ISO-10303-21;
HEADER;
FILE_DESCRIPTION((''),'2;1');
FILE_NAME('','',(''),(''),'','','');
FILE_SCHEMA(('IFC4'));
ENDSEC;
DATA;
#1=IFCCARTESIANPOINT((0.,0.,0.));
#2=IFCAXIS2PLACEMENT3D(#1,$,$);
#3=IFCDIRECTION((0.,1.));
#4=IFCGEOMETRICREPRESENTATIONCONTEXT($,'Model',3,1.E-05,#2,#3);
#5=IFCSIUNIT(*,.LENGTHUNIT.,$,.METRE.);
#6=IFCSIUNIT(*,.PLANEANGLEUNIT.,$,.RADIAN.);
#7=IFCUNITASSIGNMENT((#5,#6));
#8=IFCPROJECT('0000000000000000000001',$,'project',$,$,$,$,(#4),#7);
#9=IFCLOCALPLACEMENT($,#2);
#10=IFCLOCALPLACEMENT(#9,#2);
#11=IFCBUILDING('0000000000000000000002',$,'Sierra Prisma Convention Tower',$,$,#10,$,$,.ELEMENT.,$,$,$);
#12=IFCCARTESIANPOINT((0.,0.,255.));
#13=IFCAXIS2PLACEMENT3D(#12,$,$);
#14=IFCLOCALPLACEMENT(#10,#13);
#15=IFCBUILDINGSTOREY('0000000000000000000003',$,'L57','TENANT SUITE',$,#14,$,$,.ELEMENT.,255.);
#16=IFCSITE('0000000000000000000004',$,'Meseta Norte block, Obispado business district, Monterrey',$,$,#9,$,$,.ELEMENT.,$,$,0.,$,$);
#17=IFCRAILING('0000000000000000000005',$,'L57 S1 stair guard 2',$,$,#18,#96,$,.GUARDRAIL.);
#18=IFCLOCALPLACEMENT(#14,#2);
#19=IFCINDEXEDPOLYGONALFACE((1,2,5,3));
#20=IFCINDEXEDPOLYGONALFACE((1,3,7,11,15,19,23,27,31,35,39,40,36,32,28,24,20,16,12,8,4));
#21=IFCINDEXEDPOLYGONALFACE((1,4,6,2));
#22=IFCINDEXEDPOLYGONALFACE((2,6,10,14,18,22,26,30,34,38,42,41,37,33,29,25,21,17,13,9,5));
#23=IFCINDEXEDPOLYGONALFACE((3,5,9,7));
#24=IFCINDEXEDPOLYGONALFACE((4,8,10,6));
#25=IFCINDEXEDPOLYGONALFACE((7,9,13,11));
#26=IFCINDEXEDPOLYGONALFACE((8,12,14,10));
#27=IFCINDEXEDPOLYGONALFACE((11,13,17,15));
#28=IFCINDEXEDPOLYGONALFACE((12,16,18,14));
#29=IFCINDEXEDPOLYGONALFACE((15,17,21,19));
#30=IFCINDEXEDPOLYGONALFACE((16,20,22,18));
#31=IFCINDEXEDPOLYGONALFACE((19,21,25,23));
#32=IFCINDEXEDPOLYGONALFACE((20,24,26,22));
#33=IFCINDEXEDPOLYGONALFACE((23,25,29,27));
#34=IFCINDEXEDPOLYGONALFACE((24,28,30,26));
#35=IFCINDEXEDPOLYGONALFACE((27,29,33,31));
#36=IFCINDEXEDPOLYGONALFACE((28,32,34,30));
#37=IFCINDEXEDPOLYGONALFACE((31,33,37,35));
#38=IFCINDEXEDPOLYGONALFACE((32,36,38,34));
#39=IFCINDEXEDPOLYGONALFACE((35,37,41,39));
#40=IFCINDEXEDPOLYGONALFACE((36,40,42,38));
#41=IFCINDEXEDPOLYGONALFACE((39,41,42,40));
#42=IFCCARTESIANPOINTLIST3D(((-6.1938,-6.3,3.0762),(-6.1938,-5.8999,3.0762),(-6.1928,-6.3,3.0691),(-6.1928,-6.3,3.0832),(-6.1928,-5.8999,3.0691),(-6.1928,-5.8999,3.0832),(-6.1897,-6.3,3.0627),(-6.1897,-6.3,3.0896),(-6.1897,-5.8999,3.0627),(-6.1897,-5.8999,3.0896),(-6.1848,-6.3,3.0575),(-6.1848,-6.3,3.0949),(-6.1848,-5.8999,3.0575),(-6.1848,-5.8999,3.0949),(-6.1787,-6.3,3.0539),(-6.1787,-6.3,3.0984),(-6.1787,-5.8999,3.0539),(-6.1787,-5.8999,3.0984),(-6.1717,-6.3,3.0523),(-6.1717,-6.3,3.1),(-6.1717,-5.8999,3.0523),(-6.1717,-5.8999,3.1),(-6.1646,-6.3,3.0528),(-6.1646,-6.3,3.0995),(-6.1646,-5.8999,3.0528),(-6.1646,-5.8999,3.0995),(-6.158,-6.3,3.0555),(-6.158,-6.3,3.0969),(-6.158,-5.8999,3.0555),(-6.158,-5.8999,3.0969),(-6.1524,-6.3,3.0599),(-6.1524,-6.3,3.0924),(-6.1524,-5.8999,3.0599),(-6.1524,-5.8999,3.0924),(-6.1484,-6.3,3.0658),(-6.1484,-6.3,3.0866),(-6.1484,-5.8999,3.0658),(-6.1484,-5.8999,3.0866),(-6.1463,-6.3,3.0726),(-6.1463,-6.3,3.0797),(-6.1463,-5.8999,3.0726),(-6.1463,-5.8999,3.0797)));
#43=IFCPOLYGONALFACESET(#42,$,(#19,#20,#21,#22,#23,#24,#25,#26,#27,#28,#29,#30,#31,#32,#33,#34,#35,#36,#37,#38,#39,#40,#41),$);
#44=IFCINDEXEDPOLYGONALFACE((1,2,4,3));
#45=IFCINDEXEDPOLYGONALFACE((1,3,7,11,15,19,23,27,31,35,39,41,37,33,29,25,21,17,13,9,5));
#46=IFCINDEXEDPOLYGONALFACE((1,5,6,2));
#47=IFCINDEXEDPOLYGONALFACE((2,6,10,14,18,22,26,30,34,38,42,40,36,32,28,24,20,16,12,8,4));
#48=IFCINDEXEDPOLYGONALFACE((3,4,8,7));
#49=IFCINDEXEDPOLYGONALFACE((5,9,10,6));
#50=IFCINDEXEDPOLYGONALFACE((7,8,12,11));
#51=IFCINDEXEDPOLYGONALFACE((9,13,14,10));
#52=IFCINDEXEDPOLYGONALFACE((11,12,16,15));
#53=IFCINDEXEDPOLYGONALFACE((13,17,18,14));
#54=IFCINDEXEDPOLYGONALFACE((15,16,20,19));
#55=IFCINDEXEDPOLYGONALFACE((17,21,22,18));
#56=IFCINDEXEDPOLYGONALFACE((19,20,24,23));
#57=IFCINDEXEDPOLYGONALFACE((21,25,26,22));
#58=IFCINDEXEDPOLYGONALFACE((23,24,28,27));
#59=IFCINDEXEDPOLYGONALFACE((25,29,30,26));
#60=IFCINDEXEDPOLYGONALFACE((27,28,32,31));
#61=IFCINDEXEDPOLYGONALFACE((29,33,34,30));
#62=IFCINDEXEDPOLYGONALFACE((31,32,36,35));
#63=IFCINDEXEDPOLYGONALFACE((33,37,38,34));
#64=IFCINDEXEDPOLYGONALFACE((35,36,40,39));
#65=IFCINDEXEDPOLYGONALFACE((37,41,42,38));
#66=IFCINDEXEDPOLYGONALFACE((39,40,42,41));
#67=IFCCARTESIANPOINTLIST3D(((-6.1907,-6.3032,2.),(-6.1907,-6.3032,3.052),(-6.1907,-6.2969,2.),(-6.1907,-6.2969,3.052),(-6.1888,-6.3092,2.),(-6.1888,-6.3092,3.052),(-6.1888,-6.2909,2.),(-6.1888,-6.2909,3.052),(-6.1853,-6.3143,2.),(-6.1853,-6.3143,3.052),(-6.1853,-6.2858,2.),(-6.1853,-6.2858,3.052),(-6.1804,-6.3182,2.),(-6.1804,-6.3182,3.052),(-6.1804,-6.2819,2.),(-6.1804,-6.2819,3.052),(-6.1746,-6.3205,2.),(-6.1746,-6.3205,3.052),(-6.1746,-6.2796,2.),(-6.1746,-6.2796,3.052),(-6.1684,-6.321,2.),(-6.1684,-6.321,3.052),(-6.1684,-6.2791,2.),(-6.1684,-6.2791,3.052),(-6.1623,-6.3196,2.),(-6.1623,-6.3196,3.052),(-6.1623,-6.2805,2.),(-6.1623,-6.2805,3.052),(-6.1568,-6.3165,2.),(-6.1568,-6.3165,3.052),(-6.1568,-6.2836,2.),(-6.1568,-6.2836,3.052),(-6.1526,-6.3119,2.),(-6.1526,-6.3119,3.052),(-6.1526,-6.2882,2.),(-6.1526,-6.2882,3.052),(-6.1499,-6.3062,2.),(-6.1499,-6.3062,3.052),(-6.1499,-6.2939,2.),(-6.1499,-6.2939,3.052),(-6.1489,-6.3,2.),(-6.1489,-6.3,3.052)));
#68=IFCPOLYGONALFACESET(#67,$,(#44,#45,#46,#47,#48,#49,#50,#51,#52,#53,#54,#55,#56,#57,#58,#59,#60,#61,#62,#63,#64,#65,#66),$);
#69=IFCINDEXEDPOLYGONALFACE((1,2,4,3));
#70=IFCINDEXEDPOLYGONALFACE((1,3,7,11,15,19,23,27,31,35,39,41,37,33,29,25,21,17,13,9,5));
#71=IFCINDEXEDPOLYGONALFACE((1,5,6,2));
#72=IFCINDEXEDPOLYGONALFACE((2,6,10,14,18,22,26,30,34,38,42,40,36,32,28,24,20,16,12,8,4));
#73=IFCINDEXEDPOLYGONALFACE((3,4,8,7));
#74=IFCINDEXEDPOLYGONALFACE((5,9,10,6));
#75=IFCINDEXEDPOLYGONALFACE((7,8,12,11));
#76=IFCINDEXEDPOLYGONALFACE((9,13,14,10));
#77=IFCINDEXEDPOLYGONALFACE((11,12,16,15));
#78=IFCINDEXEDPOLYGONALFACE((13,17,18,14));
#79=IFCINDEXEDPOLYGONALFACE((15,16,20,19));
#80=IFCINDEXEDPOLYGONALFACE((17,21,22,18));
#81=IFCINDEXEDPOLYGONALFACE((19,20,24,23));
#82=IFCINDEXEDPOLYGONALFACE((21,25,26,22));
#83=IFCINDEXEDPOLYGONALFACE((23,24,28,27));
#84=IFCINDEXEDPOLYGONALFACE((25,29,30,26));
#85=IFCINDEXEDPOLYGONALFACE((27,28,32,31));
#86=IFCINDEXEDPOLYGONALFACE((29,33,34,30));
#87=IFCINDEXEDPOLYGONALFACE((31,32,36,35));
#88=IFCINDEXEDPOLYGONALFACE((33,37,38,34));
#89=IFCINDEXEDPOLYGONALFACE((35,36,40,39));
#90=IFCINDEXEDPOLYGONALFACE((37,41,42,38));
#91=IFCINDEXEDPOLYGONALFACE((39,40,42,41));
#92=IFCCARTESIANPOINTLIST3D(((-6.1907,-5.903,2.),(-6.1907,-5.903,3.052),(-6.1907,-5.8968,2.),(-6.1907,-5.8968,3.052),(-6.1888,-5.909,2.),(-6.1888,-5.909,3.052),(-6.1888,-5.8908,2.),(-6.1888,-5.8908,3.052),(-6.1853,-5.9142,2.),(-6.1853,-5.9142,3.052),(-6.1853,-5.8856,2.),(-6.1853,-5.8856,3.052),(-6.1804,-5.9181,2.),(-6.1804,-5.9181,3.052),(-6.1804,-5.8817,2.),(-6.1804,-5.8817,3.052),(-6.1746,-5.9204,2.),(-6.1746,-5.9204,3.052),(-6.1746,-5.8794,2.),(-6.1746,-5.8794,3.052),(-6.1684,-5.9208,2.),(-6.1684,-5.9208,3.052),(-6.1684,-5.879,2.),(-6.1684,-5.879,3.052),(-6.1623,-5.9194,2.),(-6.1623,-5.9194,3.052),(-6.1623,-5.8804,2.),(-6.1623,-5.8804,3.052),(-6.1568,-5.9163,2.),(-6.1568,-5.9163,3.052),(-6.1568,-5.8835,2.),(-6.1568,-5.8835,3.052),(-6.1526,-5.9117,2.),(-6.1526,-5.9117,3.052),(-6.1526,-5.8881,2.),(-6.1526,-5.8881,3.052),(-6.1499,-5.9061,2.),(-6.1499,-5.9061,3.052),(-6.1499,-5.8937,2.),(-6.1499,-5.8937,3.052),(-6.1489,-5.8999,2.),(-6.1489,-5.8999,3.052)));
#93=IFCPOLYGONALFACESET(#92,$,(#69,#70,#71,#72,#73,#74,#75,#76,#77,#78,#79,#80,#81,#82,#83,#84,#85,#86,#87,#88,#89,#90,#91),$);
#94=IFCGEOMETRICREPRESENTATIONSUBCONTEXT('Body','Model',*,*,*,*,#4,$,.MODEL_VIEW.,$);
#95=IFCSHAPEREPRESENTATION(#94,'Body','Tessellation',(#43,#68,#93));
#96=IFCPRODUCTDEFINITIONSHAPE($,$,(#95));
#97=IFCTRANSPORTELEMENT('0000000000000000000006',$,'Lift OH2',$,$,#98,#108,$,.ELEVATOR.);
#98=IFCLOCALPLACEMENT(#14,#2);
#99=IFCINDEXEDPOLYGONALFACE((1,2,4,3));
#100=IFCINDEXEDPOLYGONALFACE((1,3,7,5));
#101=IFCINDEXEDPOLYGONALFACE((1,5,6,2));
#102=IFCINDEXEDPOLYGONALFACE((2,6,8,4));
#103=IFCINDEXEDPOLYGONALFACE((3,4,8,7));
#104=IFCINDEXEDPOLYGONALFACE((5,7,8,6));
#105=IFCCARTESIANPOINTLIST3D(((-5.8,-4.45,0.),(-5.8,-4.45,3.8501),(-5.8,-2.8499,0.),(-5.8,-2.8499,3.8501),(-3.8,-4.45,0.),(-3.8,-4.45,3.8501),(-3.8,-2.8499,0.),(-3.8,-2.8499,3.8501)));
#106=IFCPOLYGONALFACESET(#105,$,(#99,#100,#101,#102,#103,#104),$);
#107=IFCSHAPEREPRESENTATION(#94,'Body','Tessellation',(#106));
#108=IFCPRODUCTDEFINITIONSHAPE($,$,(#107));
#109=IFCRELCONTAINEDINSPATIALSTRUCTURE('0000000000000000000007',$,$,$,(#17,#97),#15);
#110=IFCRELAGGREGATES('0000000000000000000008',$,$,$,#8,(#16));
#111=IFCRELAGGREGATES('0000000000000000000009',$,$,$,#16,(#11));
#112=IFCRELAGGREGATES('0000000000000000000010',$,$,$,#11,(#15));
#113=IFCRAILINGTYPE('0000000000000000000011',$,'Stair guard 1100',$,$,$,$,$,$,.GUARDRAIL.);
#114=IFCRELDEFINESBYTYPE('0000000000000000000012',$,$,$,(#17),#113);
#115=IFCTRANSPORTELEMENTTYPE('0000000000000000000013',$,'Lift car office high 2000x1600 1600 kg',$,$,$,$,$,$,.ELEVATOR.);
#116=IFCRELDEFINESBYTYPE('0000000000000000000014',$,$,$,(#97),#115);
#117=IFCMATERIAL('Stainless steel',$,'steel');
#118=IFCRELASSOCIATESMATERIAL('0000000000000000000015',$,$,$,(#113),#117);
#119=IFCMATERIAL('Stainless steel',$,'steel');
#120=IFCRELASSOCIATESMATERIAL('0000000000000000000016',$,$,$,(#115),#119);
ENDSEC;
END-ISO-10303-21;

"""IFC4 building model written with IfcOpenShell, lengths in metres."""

from ifc_helpers import new_model, si_unit, direction, frame, origin, origin_2d, place, context, subcontext, project, spatial, rectangle, circle, extrude, material, type_object, element, save


model = new_model("IFC4")

# Units and contexts
model_context = context("Model", 3, precision=1e-05, world=origin(), true_north=direction((0.0, 1.0)))
body_context = subcontext(model_context, "Body", "Model", "MODEL_VIEW")
ifc_project = project(units=[si_unit("LENGTHUNIT", "METRE"), si_unit("PLANEANGLEUNIT", "RADIAN")], contexts=[model_context])

# Site, building, storey
site_placement = place(None, origin())
site = spatial("IfcSite", under=ifc_project, at=site_placement, Name="Meseta Norte block, Obispado business district, Monterrey", CompositionType="ELEMENT", RefElevation=0.0)
building_placement = place(site_placement, origin())
building = spatial("IfcBuilding", under=site, at=building_placement, Name="Sierra Prisma Convention Tower", CompositionType="ELEMENT")
storey_placement = place(building_placement, frame((0.0, 0.0, 255.0)))
storey = spatial("IfcBuildingStorey", under=building, at=storey_placement, Name="L57", Description="TENANT SUITE", CompositionType="ELEMENT", Elevation=255.0)

# Railing
ifc_material_1 = material(Name="Stainless steel", Category="steel")
railing_type_1 = type_object("IfcRailingType", Name="Stair guard 1100", PredefinedType="GUARDRAIL", material=ifc_material_1)
railing_1_placement = place(storey_placement, frame((-6.1699, -6.3, 2.0)))
element("IfcRailing", 1, at=railing_1_placement, inside=storey, type_object=railing_type_1, Name="L57 S1 stair guard 2", PredefinedType="GUARDRAIL", context=body_context, shape_type="SweptSolid", body=[
    extrude(circle(Radius=0.0239, at=origin_2d()), frame((0.0, 0.0, 1.0762), z_axis=(0.0, 1.0, 0.0), x_axis=(-1.0, 0.0, 0.0)), (0.0, 0.0, 1.0), 0.4001),
    extrude(circle(Radius=0.021, at=origin_2d()), origin(), (0.0, 0.0, 1.0), 1.052),
    extrude(circle(Radius=0.021, at=origin_2d()), frame((0.0, 0.4001, 0.0)), (0.0, 0.0, 1.0), 1.052),
])

# Transport element
ifc_material_2 = material(Name="Stainless steel", Category="steel")
transport_element_type = type_object("IfcTransportElementType", Name="Lift car office high 2000x1600 1600 kg", PredefinedType="ELEVATOR", material=ifc_material_2)
transport_element_placement = place(storey_placement, frame((-4.8, -3.6499, 0.0), z_axis=(0.0, 0.0, 1.0), x_axis=(1.0, 0.0, 0.0)))
element("IfcTransportElement", 2, at=transport_element_placement, inside=storey, type_object=transport_element_type, Name="Lift OH2", PredefinedType="ELEVATOR", context=body_context, shape_type="SweptSolid", body=[
    extrude(rectangle(XDim=2.0, YDim=1.6001, at=origin_2d()), origin(), (0.0, 0.0, 1.0), 3.8501),
])

save(model, "model.ifc")
